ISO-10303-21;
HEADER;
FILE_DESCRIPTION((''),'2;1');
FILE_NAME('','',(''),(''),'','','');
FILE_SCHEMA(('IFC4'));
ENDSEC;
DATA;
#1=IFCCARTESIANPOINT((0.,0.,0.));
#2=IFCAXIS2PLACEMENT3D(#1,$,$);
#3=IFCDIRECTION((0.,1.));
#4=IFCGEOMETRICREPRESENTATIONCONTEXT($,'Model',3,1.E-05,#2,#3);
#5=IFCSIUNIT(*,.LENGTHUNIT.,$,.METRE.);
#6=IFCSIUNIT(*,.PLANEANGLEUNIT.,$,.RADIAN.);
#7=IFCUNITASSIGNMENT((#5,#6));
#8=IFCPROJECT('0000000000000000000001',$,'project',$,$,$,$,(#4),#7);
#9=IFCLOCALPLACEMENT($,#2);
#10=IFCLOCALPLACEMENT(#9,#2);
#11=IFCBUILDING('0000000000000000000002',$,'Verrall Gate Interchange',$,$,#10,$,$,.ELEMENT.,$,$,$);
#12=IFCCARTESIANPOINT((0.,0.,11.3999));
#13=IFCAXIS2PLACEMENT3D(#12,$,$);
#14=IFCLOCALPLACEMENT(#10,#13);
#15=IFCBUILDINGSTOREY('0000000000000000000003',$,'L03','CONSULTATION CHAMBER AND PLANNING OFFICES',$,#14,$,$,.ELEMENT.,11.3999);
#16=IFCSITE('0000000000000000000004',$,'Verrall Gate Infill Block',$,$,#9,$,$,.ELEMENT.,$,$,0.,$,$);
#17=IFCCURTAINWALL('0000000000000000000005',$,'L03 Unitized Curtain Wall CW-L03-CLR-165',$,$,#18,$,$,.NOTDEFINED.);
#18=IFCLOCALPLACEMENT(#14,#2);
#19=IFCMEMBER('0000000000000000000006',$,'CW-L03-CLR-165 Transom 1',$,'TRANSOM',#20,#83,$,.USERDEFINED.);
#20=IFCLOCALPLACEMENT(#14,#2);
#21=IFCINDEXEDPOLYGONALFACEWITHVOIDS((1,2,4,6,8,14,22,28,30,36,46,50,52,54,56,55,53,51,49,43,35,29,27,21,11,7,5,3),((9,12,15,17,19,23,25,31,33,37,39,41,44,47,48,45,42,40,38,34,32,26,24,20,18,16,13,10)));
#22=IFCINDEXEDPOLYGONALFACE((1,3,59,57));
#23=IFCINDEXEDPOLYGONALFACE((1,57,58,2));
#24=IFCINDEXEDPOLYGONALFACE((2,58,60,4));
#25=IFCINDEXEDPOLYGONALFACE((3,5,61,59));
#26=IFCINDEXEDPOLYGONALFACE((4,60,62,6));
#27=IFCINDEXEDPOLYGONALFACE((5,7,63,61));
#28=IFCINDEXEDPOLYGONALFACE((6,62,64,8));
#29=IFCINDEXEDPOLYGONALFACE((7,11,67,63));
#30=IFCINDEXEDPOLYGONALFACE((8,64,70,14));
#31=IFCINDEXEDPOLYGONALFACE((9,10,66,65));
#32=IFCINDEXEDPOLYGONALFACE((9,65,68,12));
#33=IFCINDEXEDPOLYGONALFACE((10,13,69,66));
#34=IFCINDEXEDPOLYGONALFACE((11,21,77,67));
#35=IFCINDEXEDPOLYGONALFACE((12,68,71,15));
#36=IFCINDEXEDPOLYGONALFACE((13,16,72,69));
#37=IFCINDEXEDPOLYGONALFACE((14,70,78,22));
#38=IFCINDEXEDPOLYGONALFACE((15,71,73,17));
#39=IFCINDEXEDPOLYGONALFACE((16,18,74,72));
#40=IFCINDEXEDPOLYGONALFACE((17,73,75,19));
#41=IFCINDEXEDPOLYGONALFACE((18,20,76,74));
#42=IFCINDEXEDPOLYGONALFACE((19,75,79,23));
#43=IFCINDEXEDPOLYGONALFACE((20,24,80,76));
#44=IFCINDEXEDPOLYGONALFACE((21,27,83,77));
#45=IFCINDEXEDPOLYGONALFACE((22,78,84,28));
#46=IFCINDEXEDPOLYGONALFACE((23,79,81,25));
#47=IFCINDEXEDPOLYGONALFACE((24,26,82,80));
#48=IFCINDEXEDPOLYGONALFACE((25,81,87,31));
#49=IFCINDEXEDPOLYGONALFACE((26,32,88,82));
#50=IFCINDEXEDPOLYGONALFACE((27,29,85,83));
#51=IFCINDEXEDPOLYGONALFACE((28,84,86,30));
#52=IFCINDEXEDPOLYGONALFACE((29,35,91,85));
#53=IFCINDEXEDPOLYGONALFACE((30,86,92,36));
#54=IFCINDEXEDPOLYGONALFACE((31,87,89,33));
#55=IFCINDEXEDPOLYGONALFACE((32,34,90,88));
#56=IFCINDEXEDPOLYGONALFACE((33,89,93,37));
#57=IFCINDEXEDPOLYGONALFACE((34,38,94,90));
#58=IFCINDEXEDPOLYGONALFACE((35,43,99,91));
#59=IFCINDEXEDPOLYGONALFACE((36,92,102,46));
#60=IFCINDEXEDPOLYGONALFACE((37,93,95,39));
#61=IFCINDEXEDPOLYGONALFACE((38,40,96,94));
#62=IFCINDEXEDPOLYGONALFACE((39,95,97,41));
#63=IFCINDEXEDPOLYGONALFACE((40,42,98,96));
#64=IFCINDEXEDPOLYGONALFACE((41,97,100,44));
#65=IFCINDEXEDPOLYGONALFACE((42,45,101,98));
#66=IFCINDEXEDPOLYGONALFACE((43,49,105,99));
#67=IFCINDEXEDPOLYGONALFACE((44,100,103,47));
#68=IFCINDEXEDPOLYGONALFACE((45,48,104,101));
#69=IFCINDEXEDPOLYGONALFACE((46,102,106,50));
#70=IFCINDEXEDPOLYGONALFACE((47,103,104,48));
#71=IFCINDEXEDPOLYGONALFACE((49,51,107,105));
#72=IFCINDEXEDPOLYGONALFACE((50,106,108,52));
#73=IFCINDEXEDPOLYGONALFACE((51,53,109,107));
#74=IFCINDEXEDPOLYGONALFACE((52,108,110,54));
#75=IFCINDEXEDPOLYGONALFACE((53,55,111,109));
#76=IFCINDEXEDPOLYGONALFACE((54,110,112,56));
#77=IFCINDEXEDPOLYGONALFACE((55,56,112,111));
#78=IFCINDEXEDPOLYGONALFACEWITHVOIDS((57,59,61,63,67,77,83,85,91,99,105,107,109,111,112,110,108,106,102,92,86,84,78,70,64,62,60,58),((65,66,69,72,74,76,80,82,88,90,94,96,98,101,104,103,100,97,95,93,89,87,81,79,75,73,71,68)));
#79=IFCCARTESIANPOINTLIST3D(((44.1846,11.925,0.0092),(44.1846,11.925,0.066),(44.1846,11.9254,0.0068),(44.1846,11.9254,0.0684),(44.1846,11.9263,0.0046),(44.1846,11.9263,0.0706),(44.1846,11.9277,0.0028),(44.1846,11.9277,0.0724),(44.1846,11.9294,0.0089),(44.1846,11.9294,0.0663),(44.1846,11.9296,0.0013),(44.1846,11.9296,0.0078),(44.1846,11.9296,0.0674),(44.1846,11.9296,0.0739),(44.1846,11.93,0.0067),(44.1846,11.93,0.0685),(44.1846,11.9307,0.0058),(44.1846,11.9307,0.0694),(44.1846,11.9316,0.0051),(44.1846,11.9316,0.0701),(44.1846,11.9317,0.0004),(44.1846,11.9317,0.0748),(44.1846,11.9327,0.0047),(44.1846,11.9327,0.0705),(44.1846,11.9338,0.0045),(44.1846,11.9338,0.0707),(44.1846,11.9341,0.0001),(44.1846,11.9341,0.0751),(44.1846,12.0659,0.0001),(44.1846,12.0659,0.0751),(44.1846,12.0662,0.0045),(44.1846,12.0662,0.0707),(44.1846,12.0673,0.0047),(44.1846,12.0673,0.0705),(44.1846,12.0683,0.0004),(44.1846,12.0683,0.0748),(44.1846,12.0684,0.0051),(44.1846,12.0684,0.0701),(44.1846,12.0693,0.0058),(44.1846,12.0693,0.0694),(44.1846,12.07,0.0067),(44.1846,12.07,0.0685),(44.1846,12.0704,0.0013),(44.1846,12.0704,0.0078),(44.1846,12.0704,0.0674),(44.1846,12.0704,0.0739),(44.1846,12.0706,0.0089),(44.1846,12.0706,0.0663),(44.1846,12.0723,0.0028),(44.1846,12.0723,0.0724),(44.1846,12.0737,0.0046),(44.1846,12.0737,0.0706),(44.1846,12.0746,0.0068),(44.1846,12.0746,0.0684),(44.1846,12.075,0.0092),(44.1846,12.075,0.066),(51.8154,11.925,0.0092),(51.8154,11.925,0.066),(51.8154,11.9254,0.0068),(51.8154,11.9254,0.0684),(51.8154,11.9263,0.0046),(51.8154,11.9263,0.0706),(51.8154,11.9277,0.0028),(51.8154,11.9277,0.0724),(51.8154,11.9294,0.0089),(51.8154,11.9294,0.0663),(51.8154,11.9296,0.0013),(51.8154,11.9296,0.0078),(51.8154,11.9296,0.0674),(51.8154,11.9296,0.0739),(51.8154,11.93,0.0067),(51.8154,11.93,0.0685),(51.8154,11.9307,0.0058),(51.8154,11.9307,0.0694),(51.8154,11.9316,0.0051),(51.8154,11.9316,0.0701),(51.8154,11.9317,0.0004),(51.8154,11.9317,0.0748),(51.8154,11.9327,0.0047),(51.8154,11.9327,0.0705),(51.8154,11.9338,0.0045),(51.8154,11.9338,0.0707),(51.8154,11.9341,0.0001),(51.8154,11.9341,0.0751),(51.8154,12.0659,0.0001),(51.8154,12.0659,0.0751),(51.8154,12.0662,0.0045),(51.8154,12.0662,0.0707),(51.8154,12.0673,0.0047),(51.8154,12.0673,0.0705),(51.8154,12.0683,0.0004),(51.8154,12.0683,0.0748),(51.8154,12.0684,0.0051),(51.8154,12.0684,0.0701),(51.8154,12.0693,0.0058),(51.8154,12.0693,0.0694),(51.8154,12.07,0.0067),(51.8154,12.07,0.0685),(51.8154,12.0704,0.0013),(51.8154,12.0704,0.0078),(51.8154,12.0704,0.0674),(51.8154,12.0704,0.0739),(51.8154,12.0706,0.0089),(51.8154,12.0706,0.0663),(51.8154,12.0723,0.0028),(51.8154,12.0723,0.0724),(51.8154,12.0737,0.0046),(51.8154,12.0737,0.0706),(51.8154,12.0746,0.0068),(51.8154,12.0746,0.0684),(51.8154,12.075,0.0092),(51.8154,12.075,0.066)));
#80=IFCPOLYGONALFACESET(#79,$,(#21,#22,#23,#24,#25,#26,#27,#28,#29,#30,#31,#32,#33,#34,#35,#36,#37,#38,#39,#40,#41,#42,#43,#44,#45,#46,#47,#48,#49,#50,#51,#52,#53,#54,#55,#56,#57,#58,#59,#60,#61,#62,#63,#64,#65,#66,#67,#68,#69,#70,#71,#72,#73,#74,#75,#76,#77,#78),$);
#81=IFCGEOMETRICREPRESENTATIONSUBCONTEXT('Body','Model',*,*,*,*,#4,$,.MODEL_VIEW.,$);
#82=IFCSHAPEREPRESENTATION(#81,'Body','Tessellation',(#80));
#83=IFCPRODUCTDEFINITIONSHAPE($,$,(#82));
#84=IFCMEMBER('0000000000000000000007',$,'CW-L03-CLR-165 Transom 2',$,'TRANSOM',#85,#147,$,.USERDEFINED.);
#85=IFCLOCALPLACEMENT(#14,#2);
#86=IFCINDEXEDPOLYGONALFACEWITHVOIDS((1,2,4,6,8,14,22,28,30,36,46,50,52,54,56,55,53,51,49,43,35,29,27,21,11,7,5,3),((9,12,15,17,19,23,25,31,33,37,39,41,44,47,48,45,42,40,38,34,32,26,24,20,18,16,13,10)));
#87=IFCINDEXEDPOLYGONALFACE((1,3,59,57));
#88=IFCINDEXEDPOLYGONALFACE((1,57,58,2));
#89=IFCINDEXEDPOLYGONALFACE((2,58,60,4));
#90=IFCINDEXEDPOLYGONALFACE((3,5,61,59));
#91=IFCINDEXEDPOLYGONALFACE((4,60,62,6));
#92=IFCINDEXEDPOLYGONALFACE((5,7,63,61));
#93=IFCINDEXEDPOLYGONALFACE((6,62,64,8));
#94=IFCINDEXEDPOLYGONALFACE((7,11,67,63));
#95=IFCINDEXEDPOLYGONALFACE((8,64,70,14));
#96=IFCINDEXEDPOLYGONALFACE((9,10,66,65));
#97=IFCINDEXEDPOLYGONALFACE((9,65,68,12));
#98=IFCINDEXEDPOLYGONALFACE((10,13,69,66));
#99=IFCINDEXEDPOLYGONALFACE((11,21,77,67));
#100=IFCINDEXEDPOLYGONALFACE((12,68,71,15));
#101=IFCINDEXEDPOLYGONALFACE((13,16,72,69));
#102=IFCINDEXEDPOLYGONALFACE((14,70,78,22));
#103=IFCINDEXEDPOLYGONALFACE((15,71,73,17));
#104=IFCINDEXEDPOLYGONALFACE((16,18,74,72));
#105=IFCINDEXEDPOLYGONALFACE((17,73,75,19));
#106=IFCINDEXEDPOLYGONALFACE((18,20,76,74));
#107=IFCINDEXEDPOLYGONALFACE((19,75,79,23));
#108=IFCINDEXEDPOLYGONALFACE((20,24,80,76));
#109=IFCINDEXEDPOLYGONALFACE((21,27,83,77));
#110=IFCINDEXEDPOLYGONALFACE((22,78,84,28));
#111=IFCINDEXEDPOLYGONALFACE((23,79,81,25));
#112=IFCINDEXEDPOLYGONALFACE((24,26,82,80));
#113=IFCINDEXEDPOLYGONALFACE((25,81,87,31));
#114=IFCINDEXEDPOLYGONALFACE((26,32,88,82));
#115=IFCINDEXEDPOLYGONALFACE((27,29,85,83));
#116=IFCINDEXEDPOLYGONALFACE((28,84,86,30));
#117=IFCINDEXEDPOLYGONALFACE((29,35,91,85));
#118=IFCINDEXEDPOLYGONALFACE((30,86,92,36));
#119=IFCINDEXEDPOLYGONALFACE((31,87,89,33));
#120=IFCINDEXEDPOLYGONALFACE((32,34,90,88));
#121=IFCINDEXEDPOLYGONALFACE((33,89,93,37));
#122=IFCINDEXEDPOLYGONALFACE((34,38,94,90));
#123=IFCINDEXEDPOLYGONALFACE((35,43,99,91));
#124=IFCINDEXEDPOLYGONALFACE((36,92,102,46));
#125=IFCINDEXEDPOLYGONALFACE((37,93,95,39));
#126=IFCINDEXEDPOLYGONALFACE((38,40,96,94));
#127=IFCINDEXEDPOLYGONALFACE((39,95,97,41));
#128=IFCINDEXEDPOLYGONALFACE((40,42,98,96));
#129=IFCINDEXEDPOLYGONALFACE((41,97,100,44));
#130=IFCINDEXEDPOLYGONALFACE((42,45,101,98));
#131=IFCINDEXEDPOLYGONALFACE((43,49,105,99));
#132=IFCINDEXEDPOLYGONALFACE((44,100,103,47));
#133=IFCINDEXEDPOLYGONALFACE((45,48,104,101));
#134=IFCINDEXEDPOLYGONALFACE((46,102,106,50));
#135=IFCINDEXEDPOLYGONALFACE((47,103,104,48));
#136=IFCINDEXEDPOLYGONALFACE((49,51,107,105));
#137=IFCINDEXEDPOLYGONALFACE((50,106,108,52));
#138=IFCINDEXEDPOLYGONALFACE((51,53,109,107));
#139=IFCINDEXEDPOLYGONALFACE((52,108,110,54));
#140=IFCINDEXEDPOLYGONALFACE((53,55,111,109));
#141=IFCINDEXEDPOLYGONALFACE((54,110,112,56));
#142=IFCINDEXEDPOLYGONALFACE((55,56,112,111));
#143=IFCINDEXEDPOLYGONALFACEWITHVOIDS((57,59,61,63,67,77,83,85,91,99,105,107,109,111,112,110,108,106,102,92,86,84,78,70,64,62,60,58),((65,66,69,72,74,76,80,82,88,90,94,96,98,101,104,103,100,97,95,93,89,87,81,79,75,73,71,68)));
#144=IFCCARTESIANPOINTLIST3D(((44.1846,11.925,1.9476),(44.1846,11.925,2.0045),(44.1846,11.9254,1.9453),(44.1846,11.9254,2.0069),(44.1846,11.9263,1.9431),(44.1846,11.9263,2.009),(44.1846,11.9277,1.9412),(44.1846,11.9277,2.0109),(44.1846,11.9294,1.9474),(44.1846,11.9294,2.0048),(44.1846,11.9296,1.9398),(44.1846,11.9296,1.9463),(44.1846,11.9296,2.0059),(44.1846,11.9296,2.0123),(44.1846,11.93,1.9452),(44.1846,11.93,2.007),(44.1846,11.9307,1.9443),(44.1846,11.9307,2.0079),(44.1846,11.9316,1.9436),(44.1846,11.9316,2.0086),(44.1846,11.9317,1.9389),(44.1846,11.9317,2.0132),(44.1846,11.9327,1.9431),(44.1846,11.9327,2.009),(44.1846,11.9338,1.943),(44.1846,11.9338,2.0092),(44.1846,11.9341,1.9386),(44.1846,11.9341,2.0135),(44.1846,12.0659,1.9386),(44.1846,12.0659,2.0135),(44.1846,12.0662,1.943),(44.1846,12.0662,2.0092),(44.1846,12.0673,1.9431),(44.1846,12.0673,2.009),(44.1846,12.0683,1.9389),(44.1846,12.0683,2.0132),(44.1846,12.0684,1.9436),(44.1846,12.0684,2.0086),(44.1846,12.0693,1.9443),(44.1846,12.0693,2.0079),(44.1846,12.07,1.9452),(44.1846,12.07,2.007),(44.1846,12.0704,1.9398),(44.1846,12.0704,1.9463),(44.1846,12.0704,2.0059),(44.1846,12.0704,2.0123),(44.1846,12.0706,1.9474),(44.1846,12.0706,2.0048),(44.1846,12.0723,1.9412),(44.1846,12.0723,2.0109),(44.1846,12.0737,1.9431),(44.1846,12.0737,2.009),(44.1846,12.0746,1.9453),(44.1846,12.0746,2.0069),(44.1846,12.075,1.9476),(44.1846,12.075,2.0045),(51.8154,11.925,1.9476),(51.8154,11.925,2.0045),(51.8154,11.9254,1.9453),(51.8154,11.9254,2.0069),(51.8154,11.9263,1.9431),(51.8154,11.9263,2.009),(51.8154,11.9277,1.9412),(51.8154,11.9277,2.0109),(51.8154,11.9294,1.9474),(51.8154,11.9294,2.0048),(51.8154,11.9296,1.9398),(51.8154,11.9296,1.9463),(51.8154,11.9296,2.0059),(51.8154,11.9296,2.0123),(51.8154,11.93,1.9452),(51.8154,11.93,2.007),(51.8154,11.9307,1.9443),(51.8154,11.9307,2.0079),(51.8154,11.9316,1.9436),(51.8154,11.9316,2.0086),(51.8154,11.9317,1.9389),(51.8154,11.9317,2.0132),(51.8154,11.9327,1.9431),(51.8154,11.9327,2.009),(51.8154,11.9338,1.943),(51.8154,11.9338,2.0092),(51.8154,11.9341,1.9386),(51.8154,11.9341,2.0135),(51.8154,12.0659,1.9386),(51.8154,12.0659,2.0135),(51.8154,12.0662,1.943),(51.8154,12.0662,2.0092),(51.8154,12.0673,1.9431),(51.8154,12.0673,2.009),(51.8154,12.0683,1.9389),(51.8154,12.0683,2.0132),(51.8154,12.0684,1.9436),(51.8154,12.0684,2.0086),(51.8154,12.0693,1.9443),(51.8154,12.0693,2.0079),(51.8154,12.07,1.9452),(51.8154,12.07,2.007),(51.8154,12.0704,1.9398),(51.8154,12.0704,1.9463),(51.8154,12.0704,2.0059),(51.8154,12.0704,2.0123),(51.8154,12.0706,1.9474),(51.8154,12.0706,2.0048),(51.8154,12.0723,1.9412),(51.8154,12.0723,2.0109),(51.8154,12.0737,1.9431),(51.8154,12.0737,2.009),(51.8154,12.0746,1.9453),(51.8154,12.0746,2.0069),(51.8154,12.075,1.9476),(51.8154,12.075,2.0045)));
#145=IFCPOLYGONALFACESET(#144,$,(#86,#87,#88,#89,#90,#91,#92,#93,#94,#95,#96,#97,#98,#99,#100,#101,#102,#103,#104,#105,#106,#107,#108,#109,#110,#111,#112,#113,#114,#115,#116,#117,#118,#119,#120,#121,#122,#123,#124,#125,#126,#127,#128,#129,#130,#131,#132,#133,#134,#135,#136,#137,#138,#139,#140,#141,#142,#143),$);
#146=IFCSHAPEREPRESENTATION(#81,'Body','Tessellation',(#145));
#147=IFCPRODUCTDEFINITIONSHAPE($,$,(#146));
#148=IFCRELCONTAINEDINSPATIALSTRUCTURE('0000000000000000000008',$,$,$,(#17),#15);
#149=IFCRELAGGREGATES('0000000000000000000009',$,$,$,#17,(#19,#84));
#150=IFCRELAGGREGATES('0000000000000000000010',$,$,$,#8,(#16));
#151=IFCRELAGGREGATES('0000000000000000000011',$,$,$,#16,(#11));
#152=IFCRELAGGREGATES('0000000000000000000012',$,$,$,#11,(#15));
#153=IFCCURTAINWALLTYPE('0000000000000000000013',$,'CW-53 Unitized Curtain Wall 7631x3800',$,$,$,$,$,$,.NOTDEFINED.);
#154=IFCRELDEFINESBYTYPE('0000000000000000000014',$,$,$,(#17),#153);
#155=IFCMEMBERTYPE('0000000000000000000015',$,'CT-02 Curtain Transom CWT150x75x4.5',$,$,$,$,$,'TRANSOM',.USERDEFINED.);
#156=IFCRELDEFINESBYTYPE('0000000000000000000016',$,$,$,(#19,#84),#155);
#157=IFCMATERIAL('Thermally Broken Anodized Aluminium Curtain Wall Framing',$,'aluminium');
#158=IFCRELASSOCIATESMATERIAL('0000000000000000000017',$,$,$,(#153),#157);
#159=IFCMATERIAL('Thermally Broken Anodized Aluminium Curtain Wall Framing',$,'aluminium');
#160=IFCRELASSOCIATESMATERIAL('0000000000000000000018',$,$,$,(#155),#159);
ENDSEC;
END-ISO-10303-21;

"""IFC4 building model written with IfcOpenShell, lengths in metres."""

from ifc_helpers import new_model, si_unit, direction, frame, origin, origin_2d, place, context, subcontext, project, spatial, hollow_rectangle, extrude, material, material_profile, profile_set, type_object, element, aggregate, save


model = new_model("IFC4")

# Units and contexts
model_context = context("Model", 3, precision=1e-05, world=origin(), true_north=direction((0.0, 1.0)))
body_context = subcontext(model_context, "Body", "Model", "MODEL_VIEW")
ifc_project = project(units=[si_unit("LENGTHUNIT", "METRE"), si_unit("PLANEANGLEUNIT", "RADIAN")], contexts=[model_context])

# Site, building, storey
site_placement = place(None, origin())
site = spatial("IfcSite", under=ifc_project, at=site_placement, Name="Verrall Gate Infill Block", CompositionType="ELEMENT", RefElevation=0.0)
building_placement = place(site_placement, origin())
building = spatial("IfcBuilding", under=site, at=building_placement, Name="Verrall Gate Interchange", CompositionType="ELEMENT")
storey_placement = place(building_placement, frame((0.0, 0.0, 11.3999)))
storey = spatial("IfcBuildingStorey", under=building, at=storey_placement, Name="L03", Description="CONSULTATION CHAMBER AND PLANNING OFFICES", CompositionType="ELEMENT", Elevation=11.3999)

# Curtain wall, members
ifc_material_1 = material(Name="Thermally Broken Anodized Aluminium Curtain Wall Framing", Category="aluminium")
curtain_wall_type = type_object("IfcCurtainWallType", Name="CW-53 Unitized Curtain Wall 7631x3800", PredefinedType="NOTDEFINED", material=ifc_material_1)
curtain_wall_placement = place(storey_placement, origin())
curtain_wall = element("IfcCurtainWall", 1, at=curtain_wall_placement, inside=storey, type_object=curtain_wall_type, Name="L03 Unitized Curtain Wall CW-L03-CLR-165", PredefinedType="NOTDEFINED")
ifc_material_2 = material(Name="Thermally Broken Anodized Aluminium Curtain Wall Framing", Category="aluminium")
ifc_material_profile_1 = material_profile(ifc_material_2, hollow_rectangle(XDim=0.1499, YDim=0.075, WallThickness=0.0044, InnerFilletRadius=0.0044, OuterFilletRadius=0.009, at=origin_2d()), Name="CWT150x75x4.5")
ifc_profile_set_1 = profile_set([ifc_material_profile_1], Name="Thermally Broken Anodized Aluminium Curtain Wall Framing")
member_type_1 = type_object("IfcMemberType", Name="CT-02 Curtain Transom CWT150x75x4.5", ElementType="TRANSOM", PredefinedType="USERDEFINED", material=ifc_profile_set_1)
member_1_placement = place(storey_placement, frame((44.1846, 12.0, 0.0376), z_axis=(1.0, 0.0, 0.0), x_axis=(0.0, 1.0, 0.0)))
member_1 = element("IfcMember", 2, at=member_1_placement, type_object=member_type_1, Name="CW-L03-CLR-165 Transom 1", ObjectType="TRANSOM", PredefinedType="USERDEFINED", context=body_context, shape_type="SweptSolid", body=[
    extrude(hollow_rectangle(XDim=0.1499, YDim=0.075, WallThickness=0.0044, InnerFilletRadius=0.0044, OuterFilletRadius=0.009, at=origin_2d()), origin(), (0.0, 0.0, 1.0), 7.6309),
])
member_2_placement = place(storey_placement, frame((44.1846, 12.0, 1.9761), z_axis=(1.0, 0.0, 0.0), x_axis=(0.0, 1.0, 0.0)))
member_2 = element("IfcMember", 3, at=member_2_placement, type_object=member_type_1, Name="CW-L03-CLR-165 Transom 2", ObjectType="TRANSOM", PredefinedType="USERDEFINED", context=body_context, shape_type="SweptSolid", body=[
    extrude(hollow_rectangle(XDim=0.1499, YDim=0.075, WallThickness=0.0044, InnerFilletRadius=0.0044, OuterFilletRadius=0.009, at=origin_2d()), origin(), (0.0, 0.0, 1.0), 7.6309),
])

aggregate(curtain_wall, [member_1, member_2])

save(model, "model.ifc")
